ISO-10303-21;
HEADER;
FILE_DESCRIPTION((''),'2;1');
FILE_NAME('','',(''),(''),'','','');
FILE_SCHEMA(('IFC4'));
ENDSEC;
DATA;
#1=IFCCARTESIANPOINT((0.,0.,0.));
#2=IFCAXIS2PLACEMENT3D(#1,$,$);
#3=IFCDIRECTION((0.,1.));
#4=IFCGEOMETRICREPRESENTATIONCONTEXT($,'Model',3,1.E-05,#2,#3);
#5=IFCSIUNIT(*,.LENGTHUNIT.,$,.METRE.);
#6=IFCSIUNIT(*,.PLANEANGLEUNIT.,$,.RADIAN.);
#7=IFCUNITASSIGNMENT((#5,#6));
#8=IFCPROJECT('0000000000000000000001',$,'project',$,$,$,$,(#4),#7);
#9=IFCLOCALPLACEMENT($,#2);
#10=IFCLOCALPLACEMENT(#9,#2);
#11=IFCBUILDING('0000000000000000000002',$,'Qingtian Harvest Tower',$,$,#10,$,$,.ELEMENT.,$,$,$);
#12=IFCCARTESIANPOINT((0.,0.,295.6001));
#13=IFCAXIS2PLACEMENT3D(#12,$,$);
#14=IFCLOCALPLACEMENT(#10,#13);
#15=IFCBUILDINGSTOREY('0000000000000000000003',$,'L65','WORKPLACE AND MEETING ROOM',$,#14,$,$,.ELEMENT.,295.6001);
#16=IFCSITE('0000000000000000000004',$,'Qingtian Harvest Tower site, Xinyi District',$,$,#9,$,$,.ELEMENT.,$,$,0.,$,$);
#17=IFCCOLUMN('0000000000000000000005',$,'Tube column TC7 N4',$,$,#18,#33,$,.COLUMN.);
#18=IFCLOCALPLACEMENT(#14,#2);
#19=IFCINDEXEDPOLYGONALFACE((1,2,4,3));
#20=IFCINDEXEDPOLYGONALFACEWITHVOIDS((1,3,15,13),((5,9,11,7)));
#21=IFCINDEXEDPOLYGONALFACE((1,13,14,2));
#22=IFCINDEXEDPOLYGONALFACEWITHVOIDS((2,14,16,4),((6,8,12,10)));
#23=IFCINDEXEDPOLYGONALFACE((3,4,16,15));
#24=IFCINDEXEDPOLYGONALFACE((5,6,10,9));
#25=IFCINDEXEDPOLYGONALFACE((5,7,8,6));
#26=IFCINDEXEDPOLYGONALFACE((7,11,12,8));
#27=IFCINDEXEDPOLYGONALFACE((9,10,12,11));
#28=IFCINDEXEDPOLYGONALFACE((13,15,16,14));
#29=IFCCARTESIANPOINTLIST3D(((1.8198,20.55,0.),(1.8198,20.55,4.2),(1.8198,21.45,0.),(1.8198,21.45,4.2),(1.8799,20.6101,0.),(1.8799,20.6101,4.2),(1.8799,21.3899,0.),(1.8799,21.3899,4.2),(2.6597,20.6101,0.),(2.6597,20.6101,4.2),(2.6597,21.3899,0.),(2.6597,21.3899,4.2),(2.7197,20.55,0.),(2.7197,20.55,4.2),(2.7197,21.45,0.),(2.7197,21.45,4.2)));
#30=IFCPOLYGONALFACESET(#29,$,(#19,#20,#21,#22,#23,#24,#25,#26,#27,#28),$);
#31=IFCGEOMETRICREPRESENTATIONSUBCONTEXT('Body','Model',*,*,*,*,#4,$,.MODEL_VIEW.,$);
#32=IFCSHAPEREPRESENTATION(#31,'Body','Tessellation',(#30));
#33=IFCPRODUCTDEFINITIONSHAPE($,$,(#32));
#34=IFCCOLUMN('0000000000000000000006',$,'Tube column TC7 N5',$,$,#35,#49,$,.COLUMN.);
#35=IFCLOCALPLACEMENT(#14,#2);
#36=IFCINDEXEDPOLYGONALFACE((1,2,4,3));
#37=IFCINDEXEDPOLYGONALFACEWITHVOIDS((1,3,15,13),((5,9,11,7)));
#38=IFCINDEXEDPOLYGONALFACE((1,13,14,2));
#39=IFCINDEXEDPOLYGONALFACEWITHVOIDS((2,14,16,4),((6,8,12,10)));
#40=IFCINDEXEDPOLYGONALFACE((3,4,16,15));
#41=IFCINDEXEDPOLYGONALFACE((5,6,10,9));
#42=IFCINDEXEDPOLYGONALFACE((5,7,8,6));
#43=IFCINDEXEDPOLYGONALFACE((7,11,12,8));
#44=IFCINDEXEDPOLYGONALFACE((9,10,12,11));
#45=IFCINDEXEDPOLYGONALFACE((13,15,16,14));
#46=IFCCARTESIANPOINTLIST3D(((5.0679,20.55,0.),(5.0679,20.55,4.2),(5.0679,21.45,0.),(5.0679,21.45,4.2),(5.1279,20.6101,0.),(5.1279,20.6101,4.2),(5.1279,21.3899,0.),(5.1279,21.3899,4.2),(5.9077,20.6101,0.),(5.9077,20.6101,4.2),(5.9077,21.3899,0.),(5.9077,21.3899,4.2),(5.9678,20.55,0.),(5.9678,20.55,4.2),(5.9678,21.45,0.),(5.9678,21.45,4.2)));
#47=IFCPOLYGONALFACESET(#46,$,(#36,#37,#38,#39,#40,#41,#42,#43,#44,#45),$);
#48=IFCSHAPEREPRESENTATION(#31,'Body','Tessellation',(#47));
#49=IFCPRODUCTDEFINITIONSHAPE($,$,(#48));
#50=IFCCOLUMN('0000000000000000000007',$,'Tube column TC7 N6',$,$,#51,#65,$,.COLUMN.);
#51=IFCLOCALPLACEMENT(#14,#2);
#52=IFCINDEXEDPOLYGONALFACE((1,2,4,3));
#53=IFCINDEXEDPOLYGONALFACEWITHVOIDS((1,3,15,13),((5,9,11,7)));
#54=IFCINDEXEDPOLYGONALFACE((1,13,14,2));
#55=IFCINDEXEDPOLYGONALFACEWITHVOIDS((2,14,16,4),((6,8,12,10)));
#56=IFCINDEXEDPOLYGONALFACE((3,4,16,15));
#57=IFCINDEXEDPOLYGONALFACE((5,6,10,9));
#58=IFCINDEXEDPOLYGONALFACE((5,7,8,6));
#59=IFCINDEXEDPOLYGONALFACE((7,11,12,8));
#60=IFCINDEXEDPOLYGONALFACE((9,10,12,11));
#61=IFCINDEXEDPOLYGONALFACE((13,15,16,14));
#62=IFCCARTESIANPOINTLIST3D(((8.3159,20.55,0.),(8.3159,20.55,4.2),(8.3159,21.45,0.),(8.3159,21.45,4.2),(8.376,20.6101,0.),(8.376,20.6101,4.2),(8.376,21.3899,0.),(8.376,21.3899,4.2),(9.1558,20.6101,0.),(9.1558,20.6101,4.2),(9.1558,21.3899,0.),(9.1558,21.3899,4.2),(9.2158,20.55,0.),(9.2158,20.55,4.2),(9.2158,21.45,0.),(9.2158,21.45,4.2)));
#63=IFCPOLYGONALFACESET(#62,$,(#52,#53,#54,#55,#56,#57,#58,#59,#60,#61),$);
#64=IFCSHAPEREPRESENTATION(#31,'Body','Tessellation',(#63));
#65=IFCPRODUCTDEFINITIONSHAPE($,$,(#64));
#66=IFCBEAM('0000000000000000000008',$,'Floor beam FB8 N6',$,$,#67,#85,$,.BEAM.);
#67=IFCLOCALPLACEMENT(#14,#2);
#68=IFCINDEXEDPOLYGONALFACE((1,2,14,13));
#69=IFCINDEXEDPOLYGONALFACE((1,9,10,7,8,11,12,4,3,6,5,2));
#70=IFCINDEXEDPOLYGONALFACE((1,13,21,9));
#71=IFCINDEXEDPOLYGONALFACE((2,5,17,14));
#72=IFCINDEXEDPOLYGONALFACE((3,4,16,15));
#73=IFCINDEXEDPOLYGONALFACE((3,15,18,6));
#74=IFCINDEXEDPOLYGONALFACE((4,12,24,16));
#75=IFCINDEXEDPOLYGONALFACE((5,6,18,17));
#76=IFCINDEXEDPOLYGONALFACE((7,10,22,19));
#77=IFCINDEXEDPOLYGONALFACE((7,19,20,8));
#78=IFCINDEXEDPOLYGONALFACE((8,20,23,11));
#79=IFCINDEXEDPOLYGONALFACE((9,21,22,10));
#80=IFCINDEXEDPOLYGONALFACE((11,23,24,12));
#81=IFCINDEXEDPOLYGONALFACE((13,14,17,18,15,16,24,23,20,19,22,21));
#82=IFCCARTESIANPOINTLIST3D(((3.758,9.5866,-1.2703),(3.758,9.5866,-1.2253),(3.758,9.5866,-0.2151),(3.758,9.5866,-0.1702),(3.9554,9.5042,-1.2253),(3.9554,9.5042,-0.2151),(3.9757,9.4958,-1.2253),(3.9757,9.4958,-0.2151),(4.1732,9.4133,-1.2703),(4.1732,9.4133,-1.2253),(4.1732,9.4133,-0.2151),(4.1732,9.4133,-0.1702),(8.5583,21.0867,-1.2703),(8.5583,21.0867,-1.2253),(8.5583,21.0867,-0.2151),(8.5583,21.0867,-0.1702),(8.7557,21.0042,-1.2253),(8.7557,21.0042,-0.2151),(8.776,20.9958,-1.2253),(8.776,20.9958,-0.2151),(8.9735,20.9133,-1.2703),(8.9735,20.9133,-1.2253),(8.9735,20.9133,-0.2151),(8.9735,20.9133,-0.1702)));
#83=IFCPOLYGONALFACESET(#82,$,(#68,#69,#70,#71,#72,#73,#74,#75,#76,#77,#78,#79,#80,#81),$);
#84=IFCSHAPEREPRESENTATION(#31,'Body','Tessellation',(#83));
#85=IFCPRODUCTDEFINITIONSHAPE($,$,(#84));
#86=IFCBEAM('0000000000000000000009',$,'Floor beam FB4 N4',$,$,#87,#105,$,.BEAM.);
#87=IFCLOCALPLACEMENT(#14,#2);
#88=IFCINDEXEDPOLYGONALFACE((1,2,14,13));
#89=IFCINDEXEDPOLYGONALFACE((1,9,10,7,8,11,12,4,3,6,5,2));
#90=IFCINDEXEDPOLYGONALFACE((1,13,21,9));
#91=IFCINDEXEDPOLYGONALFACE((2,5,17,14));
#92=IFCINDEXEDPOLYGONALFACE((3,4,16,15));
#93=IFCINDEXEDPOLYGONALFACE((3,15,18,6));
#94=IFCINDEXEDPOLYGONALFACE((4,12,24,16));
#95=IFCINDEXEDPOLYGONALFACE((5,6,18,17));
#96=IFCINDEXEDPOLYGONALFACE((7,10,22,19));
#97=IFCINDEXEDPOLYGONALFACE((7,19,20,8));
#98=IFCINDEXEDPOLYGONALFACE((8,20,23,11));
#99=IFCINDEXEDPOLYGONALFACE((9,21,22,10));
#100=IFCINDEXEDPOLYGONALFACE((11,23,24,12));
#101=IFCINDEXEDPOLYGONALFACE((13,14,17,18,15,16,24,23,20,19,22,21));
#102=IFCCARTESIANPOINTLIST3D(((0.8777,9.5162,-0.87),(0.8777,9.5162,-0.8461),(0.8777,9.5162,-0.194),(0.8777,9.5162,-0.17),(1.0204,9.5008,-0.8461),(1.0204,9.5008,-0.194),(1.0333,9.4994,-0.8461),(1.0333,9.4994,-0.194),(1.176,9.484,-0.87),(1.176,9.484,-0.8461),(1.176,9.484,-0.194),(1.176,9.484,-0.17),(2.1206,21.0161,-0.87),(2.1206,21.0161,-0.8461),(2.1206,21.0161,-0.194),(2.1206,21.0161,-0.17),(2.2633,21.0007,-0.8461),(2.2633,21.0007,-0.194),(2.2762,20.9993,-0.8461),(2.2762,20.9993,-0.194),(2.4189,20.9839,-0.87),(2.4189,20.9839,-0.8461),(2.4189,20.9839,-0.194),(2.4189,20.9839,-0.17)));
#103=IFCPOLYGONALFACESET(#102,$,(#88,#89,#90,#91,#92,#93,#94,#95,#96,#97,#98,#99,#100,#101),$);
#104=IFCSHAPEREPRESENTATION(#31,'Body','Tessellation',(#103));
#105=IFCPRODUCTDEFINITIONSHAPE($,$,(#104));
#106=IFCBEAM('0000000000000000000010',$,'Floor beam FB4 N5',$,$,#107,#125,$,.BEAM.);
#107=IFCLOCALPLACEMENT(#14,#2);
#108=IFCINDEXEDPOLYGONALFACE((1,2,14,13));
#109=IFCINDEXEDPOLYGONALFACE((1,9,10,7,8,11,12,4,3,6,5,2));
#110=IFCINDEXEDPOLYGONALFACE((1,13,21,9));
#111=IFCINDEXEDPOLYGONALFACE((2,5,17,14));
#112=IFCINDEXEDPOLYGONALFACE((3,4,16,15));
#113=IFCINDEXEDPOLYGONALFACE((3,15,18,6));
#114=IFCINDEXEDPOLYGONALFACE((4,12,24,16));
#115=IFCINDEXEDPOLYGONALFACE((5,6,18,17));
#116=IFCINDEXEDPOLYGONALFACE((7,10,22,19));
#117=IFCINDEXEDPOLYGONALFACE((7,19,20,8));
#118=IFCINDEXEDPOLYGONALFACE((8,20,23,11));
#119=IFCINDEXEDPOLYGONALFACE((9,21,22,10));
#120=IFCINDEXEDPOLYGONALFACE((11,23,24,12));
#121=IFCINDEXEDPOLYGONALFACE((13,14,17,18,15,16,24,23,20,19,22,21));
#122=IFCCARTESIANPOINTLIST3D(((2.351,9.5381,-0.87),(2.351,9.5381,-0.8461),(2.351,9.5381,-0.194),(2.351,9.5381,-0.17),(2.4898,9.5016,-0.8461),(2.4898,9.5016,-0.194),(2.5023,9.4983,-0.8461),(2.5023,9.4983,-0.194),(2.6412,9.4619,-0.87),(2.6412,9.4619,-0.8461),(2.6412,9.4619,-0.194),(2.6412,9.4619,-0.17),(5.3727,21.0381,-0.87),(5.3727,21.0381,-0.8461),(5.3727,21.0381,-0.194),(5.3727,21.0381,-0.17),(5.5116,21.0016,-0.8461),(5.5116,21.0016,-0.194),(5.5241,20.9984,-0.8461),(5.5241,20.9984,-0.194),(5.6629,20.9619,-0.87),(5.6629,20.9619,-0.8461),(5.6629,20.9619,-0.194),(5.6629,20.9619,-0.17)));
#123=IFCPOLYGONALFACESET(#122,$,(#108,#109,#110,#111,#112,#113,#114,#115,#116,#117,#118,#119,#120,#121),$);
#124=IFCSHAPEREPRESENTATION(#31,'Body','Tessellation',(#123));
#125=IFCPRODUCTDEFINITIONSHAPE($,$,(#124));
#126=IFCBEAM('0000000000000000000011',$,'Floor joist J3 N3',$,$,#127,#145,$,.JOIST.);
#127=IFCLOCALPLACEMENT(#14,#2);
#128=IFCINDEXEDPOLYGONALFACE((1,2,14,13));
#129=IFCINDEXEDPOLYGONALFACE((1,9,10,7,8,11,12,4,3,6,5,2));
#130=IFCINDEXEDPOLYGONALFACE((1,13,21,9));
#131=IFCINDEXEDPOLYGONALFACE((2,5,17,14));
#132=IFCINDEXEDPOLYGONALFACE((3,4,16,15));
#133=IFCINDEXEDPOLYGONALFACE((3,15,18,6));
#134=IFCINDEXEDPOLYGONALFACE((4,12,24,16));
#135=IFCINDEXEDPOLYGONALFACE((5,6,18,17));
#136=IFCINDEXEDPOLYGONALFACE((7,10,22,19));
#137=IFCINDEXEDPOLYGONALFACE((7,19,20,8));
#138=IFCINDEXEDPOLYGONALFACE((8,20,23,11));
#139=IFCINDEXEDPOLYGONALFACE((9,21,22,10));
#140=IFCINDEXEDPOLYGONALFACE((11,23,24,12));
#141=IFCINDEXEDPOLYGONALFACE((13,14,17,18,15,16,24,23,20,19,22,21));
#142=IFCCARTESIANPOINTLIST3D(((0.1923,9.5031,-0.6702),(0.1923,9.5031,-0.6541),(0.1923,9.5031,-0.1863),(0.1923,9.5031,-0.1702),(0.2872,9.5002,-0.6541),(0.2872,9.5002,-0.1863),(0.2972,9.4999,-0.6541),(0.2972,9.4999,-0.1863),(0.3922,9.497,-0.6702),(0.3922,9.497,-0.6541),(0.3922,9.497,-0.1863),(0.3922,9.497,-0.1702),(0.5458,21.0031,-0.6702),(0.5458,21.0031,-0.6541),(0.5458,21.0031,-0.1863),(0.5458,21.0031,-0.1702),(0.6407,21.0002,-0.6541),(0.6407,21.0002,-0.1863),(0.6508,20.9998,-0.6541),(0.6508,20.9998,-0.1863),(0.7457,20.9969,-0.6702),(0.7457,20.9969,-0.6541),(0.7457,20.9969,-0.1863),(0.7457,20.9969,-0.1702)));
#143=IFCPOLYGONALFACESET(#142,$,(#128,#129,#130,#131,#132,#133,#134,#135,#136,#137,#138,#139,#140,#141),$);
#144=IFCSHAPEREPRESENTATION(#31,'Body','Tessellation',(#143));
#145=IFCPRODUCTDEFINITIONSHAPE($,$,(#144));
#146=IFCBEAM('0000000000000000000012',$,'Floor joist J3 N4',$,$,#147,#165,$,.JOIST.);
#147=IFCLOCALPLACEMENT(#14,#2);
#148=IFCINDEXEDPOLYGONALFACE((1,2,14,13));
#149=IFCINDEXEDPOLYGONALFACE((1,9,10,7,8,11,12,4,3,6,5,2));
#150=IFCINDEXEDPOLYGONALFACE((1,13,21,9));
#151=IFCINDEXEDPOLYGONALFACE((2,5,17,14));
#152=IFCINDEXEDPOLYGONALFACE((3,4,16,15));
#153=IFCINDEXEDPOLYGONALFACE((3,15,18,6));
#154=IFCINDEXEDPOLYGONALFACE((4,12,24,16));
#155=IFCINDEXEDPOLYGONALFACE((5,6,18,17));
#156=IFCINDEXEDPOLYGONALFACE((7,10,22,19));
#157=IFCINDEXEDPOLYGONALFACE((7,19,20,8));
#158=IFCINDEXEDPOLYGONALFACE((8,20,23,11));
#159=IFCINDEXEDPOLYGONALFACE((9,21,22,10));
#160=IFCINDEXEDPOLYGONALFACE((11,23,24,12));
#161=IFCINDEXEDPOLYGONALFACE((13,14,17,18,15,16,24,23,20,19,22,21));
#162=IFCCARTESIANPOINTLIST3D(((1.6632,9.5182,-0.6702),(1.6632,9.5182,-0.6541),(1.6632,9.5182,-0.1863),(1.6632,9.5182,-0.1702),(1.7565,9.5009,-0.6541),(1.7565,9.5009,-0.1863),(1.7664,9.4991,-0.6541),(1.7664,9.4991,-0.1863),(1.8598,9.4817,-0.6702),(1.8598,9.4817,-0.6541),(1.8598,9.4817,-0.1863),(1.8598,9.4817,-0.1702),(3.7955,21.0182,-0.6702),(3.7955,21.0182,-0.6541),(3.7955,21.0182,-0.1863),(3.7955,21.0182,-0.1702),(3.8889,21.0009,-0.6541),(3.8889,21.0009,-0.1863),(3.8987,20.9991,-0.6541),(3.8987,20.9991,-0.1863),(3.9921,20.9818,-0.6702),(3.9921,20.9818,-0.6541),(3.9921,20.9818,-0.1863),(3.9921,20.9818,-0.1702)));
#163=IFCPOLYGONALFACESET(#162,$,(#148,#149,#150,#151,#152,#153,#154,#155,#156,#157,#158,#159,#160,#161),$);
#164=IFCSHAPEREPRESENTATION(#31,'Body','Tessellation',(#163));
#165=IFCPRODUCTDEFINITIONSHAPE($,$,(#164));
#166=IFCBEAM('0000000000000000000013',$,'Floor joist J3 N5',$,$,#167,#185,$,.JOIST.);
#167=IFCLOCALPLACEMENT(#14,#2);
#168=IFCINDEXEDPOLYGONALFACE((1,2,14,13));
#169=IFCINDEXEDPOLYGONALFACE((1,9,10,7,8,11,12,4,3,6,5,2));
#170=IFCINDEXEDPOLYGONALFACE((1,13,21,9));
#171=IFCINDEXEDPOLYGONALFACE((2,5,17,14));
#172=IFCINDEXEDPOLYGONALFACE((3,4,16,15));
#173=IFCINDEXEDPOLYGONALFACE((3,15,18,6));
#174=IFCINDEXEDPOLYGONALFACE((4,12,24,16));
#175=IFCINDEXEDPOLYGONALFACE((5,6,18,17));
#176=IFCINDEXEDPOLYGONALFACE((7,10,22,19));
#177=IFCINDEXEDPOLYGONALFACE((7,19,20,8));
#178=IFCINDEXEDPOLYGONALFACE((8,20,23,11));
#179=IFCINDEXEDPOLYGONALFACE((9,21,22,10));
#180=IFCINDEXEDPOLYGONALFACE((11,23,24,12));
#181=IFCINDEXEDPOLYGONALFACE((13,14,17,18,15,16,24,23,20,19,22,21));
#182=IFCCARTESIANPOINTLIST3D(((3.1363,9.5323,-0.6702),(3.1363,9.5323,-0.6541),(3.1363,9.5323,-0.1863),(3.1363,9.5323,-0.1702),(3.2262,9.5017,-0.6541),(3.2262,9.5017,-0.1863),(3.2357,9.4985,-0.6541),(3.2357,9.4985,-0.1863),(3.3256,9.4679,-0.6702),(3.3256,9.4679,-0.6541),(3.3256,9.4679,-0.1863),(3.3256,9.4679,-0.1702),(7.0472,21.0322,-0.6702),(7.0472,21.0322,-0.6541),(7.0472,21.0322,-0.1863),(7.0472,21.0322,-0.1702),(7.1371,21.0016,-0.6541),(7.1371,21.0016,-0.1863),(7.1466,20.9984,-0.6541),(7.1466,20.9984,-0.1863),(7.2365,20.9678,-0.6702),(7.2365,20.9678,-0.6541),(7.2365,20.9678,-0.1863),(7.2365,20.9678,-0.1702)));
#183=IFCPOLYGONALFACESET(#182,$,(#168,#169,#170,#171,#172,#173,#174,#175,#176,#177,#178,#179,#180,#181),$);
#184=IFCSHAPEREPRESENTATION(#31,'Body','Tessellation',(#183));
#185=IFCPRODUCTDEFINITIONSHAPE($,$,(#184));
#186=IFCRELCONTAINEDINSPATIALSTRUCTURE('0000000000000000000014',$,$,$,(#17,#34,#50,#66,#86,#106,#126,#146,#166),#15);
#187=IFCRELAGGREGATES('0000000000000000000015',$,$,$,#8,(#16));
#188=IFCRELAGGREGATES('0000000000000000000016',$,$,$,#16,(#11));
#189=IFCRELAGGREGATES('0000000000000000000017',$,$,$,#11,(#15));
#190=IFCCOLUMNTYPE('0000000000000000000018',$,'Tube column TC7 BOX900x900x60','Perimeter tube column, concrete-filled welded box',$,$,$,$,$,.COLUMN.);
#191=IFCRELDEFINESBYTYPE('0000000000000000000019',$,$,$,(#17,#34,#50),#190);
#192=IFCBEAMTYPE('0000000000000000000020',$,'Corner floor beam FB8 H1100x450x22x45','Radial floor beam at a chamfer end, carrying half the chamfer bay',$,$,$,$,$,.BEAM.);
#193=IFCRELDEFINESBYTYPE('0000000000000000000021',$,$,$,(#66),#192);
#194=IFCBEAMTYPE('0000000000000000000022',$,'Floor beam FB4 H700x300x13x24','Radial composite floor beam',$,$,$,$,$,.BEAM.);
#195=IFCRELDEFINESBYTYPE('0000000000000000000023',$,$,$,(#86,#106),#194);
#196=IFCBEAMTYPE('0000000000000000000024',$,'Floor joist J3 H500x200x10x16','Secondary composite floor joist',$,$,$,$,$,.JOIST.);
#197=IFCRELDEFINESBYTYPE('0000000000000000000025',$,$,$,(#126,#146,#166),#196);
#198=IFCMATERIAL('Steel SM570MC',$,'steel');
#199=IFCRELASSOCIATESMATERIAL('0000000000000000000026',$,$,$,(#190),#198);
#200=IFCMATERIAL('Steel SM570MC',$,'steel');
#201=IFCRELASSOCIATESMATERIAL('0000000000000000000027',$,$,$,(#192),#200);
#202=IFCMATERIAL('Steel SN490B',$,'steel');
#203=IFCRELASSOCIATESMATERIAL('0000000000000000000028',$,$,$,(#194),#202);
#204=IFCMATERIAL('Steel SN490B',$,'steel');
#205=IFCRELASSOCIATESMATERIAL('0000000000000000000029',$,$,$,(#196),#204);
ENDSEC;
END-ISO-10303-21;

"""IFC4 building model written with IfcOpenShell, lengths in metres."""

from ifc_helpers import new_model, si_unit, direction, frame, origin, origin_2d, place, context, subcontext, project, spatial, hollow_rectangle, i_section, extrude, material, material_profile, profile_set, type_object, element, save


model = new_model("IFC4")

# Units and contexts
model_context = context("Model", 3, precision=1e-05, world=origin(), true_north=direction((0.0, 1.0)))
body_context = subcontext(model_context, "Body", "Model", "MODEL_VIEW")
ifc_project = project(units=[si_unit("LENGTHUNIT", "METRE"), si_unit("PLANEANGLEUNIT", "RADIAN")], contexts=[model_context])

# Site, building, storey
site_placement = place(None, origin())
site = spatial("IfcSite", under=ifc_project, at=site_placement, Name="Qingtian Harvest Tower site, Xinyi District", CompositionType="ELEMENT", RefElevation=0.0)
building_placement = place(site_placement, origin())
building = spatial("IfcBuilding", under=site, at=building_placement, Name="Qingtian Harvest Tower", CompositionType="ELEMENT")
storey_placement = place(building_placement, frame((0.0, 0.0, 295.6001)))
storey = spatial("IfcBuildingStorey", under=building, at=storey_placement, Name="L65", Description="WORKPLACE AND MEETING ROOM", CompositionType="ELEMENT", Elevation=295.6001)

# Columns
ifc_material_1 = material(Name="Steel SM570MC", Category="steel")
ifc_material_profile_1 = material_profile(ifc_material_1, hollow_rectangle(XDim=0.8999, YDim=0.8999, WallThickness=0.0601, at=origin_2d()), Name="BOX900x900x60")
ifc_profile_set_1 = profile_set([ifc_material_profile_1], Name="Steel SM570MC")
column_type = type_object("IfcColumnType", Name="Tube column TC7 BOX900x900x60", Description="Perimeter tube column, concrete-filled welded box", PredefinedType="COLUMN", material=ifc_profile_set_1)
for number, where, z_axis, x_axis, name in (
    (1, (2.2698, 21.0, 0.0), (0.0, 0.0, 1.0), (-1.0, 0.0, 0.0), "Tube column TC7 N4"),
    (2, (5.5178, 21.0, 0.0), (0.0, 0.0, 1.0), (-1.0, 0.0, 0.0), "Tube column TC7 N5"),
    (3, (8.7659, 21.0, 0.0), (0.0, 0.0, 1.0), (-1.0, 0.0, 0.0), "Tube column TC7 N6"),
):
    element("IfcColumn", number, at=place(storey_placement, frame(where, z_axis=z_axis, x_axis=x_axis)), inside=storey, type_object=column_type, Name=name, PredefinedType="COLUMN", context=body_context, shape_type="SweptSolid", body=[
        extrude(hollow_rectangle(XDim=0.8999, YDim=0.8999, WallThickness=0.0601, at=origin_2d()), origin(), (0.0, 0.0, 1.0), 4.2),
    ])

# Beams
ifc_material_2 = material(Name="Steel SM570MC", Category="steel")
ifc_material_profile_2 = material_profile(ifc_material_2, i_section(OverallWidth=0.45, OverallDepth=1.1001, WebThickness=0.022, FlangeThickness=0.0449, at=origin_2d()), Name="H1100x450x22x45")
ifc_profile_set_2 = profile_set([ifc_material_profile_2], Name="Steel SM570MC")
beam_type_1 = type_object("IfcBeamType", Name="Corner floor beam FB8 H1100x450x22x45", Description="Radial floor beam at a chamfer end, carrying half the chamfer bay", PredefinedType="BEAM", material=ifc_profile_set_2)
beam_1_placement = place(storey_placement, frame((8.7659, 21.0, -0.7202), z_axis=(-0.385205, -0.922831, 0.0), x_axis=(0.922831, -0.385205, 0.0)))
element("IfcBeam", 4, at=beam_1_placement, inside=storey, type_object=beam_type_1, Name="Floor beam FB8 N6", PredefinedType="BEAM", context=body_context, shape_type="SweptSolid", body=[
    extrude(i_section(OverallWidth=0.45, OverallDepth=1.1001, WebThickness=0.022, FlangeThickness=0.0449, at=origin_2d()), origin(), (0.0, 0.0, 1.0), 12.4617),
])
ifc_material_3 = material(Name="Steel SN490B", Category="steel")
ifc_material_profile_3 = material_profile(ifc_material_3, i_section(OverallWidth=0.3, OverallDepth=0.7, WebThickness=0.0129, FlangeThickness=0.0239, at=origin_2d()), Name="H700x300x13x24")
ifc_profile_set_3 = profile_set([ifc_material_profile_3], Name="Steel SN490B")
beam_type_2 = type_object("IfcBeamType", Name="Floor beam FB4 H700x300x13x24", Description="Radial composite floor beam", PredefinedType="BEAM", material=ifc_profile_set_3)
beam_2_placement = place(storey_placement, frame((2.2698, 21.0, -0.52), z_axis=(-0.107454, -0.99421, 0.0), x_axis=(0.99421, -0.107454, 0.0)))
element("IfcBeam", 5, at=beam_2_placement, inside=storey, type_object=beam_type_2, Name="Floor beam FB4 N4", PredefinedType="BEAM", context=body_context, shape_type="SweptSolid", body=[
    extrude(i_section(OverallWidth=0.3, OverallDepth=0.7, WebThickness=0.0129, FlangeThickness=0.0239, at=origin_2d()), origin(), (0.0, 0.0, 1.0), 11.5669),
])
beam_3_placement = place(storey_placement, frame((5.5178, 21.0, -0.52), z_axis=(-0.254132, -0.967169, 0.0), x_axis=(0.967169, -0.254132, 0.0)))
element("IfcBeam", 6, at=beam_3_placement, inside=storey, type_object=beam_type_2, Name="Floor beam FB4 N5", PredefinedType="BEAM", context=body_context, shape_type="SweptSolid", body=[
    extrude(i_section(OverallWidth=0.3, OverallDepth=0.7, WebThickness=0.0129, FlangeThickness=0.0239, at=origin_2d()), origin(), (0.0, 0.0, 1.0), 11.8904),
])
ifc_material_4 = material(Name="Steel SN490B", Category="steel")
ifc_material_profile_4 = material_profile(ifc_material_4, i_section(OverallWidth=0.2, OverallDepth=0.5, WebThickness=0.01, FlangeThickness=0.0161, at=origin_2d()), Name="H500x200x10x16")
ifc_profile_set_4 = profile_set([ifc_material_profile_4], Name="Steel SN490B")
beam_type_3 = type_object("IfcBeamType", Name="Floor joist J3 H500x200x10x16", Description="Secondary composite floor joist", PredefinedType="JOIST", material=ifc_profile_set_4)
beam_4_placement = place(storey_placement, frame((0.6458, 21.0, -0.4202), z_axis=(-0.030726, -0.999528, 0.0), x_axis=(0.999528, -0.030726, 0.0)))
element("IfcBeam", 7, at=beam_4_placement, inside=storey, type_object=beam_type_3, Name="Floor joist J3 N3", PredefinedType="JOIST", context=body_context, shape_type="SweptSolid", body=[
    extrude(i_section(OverallWidth=0.2, OverallDepth=0.5, WebThickness=0.01, FlangeThickness=0.0161, at=origin_2d()), origin(), (0.0, 0.0, 1.0), 11.5054),
])
beam_5_placement = place(storey_placement, frame((3.8938, 21.0, -0.4202), z_axis=(-0.182312, -0.983241, 0.0), x_axis=(0.983241, -0.182312, 0.0)))
element("IfcBeam", 8, at=beam_5_placement, inside=storey, type_object=beam_type_3, Name="Floor joist J3 N4", PredefinedType="JOIST", context=body_context, shape_type="SweptSolid", body=[
    extrude(i_section(OverallWidth=0.2, OverallDepth=0.5, WebThickness=0.01, FlangeThickness=0.0161, at=origin_2d()), origin(), (0.0, 0.0, 1.0), 11.696),
])
beam_6_placement = place(storey_placement, frame((7.1418, 21.0, -0.4202), z_axis=(-0.321968, -0.94675, 0.0), x_axis=(0.94675, -0.321968, 0.0)))
element("IfcBeam", 9, at=beam_6_placement, inside=storey, type_object=beam_type_3, Name="Floor joist J3 N5", PredefinedType="JOIST", context=body_context, shape_type="SweptSolid", body=[
    extrude(i_section(OverallWidth=0.2, OverallDepth=0.5, WebThickness=0.01, FlangeThickness=0.0161, at=origin_2d()), origin(), (0.0, 0.0, 1.0), 12.1467),
])

save(model, "model.ifc")
